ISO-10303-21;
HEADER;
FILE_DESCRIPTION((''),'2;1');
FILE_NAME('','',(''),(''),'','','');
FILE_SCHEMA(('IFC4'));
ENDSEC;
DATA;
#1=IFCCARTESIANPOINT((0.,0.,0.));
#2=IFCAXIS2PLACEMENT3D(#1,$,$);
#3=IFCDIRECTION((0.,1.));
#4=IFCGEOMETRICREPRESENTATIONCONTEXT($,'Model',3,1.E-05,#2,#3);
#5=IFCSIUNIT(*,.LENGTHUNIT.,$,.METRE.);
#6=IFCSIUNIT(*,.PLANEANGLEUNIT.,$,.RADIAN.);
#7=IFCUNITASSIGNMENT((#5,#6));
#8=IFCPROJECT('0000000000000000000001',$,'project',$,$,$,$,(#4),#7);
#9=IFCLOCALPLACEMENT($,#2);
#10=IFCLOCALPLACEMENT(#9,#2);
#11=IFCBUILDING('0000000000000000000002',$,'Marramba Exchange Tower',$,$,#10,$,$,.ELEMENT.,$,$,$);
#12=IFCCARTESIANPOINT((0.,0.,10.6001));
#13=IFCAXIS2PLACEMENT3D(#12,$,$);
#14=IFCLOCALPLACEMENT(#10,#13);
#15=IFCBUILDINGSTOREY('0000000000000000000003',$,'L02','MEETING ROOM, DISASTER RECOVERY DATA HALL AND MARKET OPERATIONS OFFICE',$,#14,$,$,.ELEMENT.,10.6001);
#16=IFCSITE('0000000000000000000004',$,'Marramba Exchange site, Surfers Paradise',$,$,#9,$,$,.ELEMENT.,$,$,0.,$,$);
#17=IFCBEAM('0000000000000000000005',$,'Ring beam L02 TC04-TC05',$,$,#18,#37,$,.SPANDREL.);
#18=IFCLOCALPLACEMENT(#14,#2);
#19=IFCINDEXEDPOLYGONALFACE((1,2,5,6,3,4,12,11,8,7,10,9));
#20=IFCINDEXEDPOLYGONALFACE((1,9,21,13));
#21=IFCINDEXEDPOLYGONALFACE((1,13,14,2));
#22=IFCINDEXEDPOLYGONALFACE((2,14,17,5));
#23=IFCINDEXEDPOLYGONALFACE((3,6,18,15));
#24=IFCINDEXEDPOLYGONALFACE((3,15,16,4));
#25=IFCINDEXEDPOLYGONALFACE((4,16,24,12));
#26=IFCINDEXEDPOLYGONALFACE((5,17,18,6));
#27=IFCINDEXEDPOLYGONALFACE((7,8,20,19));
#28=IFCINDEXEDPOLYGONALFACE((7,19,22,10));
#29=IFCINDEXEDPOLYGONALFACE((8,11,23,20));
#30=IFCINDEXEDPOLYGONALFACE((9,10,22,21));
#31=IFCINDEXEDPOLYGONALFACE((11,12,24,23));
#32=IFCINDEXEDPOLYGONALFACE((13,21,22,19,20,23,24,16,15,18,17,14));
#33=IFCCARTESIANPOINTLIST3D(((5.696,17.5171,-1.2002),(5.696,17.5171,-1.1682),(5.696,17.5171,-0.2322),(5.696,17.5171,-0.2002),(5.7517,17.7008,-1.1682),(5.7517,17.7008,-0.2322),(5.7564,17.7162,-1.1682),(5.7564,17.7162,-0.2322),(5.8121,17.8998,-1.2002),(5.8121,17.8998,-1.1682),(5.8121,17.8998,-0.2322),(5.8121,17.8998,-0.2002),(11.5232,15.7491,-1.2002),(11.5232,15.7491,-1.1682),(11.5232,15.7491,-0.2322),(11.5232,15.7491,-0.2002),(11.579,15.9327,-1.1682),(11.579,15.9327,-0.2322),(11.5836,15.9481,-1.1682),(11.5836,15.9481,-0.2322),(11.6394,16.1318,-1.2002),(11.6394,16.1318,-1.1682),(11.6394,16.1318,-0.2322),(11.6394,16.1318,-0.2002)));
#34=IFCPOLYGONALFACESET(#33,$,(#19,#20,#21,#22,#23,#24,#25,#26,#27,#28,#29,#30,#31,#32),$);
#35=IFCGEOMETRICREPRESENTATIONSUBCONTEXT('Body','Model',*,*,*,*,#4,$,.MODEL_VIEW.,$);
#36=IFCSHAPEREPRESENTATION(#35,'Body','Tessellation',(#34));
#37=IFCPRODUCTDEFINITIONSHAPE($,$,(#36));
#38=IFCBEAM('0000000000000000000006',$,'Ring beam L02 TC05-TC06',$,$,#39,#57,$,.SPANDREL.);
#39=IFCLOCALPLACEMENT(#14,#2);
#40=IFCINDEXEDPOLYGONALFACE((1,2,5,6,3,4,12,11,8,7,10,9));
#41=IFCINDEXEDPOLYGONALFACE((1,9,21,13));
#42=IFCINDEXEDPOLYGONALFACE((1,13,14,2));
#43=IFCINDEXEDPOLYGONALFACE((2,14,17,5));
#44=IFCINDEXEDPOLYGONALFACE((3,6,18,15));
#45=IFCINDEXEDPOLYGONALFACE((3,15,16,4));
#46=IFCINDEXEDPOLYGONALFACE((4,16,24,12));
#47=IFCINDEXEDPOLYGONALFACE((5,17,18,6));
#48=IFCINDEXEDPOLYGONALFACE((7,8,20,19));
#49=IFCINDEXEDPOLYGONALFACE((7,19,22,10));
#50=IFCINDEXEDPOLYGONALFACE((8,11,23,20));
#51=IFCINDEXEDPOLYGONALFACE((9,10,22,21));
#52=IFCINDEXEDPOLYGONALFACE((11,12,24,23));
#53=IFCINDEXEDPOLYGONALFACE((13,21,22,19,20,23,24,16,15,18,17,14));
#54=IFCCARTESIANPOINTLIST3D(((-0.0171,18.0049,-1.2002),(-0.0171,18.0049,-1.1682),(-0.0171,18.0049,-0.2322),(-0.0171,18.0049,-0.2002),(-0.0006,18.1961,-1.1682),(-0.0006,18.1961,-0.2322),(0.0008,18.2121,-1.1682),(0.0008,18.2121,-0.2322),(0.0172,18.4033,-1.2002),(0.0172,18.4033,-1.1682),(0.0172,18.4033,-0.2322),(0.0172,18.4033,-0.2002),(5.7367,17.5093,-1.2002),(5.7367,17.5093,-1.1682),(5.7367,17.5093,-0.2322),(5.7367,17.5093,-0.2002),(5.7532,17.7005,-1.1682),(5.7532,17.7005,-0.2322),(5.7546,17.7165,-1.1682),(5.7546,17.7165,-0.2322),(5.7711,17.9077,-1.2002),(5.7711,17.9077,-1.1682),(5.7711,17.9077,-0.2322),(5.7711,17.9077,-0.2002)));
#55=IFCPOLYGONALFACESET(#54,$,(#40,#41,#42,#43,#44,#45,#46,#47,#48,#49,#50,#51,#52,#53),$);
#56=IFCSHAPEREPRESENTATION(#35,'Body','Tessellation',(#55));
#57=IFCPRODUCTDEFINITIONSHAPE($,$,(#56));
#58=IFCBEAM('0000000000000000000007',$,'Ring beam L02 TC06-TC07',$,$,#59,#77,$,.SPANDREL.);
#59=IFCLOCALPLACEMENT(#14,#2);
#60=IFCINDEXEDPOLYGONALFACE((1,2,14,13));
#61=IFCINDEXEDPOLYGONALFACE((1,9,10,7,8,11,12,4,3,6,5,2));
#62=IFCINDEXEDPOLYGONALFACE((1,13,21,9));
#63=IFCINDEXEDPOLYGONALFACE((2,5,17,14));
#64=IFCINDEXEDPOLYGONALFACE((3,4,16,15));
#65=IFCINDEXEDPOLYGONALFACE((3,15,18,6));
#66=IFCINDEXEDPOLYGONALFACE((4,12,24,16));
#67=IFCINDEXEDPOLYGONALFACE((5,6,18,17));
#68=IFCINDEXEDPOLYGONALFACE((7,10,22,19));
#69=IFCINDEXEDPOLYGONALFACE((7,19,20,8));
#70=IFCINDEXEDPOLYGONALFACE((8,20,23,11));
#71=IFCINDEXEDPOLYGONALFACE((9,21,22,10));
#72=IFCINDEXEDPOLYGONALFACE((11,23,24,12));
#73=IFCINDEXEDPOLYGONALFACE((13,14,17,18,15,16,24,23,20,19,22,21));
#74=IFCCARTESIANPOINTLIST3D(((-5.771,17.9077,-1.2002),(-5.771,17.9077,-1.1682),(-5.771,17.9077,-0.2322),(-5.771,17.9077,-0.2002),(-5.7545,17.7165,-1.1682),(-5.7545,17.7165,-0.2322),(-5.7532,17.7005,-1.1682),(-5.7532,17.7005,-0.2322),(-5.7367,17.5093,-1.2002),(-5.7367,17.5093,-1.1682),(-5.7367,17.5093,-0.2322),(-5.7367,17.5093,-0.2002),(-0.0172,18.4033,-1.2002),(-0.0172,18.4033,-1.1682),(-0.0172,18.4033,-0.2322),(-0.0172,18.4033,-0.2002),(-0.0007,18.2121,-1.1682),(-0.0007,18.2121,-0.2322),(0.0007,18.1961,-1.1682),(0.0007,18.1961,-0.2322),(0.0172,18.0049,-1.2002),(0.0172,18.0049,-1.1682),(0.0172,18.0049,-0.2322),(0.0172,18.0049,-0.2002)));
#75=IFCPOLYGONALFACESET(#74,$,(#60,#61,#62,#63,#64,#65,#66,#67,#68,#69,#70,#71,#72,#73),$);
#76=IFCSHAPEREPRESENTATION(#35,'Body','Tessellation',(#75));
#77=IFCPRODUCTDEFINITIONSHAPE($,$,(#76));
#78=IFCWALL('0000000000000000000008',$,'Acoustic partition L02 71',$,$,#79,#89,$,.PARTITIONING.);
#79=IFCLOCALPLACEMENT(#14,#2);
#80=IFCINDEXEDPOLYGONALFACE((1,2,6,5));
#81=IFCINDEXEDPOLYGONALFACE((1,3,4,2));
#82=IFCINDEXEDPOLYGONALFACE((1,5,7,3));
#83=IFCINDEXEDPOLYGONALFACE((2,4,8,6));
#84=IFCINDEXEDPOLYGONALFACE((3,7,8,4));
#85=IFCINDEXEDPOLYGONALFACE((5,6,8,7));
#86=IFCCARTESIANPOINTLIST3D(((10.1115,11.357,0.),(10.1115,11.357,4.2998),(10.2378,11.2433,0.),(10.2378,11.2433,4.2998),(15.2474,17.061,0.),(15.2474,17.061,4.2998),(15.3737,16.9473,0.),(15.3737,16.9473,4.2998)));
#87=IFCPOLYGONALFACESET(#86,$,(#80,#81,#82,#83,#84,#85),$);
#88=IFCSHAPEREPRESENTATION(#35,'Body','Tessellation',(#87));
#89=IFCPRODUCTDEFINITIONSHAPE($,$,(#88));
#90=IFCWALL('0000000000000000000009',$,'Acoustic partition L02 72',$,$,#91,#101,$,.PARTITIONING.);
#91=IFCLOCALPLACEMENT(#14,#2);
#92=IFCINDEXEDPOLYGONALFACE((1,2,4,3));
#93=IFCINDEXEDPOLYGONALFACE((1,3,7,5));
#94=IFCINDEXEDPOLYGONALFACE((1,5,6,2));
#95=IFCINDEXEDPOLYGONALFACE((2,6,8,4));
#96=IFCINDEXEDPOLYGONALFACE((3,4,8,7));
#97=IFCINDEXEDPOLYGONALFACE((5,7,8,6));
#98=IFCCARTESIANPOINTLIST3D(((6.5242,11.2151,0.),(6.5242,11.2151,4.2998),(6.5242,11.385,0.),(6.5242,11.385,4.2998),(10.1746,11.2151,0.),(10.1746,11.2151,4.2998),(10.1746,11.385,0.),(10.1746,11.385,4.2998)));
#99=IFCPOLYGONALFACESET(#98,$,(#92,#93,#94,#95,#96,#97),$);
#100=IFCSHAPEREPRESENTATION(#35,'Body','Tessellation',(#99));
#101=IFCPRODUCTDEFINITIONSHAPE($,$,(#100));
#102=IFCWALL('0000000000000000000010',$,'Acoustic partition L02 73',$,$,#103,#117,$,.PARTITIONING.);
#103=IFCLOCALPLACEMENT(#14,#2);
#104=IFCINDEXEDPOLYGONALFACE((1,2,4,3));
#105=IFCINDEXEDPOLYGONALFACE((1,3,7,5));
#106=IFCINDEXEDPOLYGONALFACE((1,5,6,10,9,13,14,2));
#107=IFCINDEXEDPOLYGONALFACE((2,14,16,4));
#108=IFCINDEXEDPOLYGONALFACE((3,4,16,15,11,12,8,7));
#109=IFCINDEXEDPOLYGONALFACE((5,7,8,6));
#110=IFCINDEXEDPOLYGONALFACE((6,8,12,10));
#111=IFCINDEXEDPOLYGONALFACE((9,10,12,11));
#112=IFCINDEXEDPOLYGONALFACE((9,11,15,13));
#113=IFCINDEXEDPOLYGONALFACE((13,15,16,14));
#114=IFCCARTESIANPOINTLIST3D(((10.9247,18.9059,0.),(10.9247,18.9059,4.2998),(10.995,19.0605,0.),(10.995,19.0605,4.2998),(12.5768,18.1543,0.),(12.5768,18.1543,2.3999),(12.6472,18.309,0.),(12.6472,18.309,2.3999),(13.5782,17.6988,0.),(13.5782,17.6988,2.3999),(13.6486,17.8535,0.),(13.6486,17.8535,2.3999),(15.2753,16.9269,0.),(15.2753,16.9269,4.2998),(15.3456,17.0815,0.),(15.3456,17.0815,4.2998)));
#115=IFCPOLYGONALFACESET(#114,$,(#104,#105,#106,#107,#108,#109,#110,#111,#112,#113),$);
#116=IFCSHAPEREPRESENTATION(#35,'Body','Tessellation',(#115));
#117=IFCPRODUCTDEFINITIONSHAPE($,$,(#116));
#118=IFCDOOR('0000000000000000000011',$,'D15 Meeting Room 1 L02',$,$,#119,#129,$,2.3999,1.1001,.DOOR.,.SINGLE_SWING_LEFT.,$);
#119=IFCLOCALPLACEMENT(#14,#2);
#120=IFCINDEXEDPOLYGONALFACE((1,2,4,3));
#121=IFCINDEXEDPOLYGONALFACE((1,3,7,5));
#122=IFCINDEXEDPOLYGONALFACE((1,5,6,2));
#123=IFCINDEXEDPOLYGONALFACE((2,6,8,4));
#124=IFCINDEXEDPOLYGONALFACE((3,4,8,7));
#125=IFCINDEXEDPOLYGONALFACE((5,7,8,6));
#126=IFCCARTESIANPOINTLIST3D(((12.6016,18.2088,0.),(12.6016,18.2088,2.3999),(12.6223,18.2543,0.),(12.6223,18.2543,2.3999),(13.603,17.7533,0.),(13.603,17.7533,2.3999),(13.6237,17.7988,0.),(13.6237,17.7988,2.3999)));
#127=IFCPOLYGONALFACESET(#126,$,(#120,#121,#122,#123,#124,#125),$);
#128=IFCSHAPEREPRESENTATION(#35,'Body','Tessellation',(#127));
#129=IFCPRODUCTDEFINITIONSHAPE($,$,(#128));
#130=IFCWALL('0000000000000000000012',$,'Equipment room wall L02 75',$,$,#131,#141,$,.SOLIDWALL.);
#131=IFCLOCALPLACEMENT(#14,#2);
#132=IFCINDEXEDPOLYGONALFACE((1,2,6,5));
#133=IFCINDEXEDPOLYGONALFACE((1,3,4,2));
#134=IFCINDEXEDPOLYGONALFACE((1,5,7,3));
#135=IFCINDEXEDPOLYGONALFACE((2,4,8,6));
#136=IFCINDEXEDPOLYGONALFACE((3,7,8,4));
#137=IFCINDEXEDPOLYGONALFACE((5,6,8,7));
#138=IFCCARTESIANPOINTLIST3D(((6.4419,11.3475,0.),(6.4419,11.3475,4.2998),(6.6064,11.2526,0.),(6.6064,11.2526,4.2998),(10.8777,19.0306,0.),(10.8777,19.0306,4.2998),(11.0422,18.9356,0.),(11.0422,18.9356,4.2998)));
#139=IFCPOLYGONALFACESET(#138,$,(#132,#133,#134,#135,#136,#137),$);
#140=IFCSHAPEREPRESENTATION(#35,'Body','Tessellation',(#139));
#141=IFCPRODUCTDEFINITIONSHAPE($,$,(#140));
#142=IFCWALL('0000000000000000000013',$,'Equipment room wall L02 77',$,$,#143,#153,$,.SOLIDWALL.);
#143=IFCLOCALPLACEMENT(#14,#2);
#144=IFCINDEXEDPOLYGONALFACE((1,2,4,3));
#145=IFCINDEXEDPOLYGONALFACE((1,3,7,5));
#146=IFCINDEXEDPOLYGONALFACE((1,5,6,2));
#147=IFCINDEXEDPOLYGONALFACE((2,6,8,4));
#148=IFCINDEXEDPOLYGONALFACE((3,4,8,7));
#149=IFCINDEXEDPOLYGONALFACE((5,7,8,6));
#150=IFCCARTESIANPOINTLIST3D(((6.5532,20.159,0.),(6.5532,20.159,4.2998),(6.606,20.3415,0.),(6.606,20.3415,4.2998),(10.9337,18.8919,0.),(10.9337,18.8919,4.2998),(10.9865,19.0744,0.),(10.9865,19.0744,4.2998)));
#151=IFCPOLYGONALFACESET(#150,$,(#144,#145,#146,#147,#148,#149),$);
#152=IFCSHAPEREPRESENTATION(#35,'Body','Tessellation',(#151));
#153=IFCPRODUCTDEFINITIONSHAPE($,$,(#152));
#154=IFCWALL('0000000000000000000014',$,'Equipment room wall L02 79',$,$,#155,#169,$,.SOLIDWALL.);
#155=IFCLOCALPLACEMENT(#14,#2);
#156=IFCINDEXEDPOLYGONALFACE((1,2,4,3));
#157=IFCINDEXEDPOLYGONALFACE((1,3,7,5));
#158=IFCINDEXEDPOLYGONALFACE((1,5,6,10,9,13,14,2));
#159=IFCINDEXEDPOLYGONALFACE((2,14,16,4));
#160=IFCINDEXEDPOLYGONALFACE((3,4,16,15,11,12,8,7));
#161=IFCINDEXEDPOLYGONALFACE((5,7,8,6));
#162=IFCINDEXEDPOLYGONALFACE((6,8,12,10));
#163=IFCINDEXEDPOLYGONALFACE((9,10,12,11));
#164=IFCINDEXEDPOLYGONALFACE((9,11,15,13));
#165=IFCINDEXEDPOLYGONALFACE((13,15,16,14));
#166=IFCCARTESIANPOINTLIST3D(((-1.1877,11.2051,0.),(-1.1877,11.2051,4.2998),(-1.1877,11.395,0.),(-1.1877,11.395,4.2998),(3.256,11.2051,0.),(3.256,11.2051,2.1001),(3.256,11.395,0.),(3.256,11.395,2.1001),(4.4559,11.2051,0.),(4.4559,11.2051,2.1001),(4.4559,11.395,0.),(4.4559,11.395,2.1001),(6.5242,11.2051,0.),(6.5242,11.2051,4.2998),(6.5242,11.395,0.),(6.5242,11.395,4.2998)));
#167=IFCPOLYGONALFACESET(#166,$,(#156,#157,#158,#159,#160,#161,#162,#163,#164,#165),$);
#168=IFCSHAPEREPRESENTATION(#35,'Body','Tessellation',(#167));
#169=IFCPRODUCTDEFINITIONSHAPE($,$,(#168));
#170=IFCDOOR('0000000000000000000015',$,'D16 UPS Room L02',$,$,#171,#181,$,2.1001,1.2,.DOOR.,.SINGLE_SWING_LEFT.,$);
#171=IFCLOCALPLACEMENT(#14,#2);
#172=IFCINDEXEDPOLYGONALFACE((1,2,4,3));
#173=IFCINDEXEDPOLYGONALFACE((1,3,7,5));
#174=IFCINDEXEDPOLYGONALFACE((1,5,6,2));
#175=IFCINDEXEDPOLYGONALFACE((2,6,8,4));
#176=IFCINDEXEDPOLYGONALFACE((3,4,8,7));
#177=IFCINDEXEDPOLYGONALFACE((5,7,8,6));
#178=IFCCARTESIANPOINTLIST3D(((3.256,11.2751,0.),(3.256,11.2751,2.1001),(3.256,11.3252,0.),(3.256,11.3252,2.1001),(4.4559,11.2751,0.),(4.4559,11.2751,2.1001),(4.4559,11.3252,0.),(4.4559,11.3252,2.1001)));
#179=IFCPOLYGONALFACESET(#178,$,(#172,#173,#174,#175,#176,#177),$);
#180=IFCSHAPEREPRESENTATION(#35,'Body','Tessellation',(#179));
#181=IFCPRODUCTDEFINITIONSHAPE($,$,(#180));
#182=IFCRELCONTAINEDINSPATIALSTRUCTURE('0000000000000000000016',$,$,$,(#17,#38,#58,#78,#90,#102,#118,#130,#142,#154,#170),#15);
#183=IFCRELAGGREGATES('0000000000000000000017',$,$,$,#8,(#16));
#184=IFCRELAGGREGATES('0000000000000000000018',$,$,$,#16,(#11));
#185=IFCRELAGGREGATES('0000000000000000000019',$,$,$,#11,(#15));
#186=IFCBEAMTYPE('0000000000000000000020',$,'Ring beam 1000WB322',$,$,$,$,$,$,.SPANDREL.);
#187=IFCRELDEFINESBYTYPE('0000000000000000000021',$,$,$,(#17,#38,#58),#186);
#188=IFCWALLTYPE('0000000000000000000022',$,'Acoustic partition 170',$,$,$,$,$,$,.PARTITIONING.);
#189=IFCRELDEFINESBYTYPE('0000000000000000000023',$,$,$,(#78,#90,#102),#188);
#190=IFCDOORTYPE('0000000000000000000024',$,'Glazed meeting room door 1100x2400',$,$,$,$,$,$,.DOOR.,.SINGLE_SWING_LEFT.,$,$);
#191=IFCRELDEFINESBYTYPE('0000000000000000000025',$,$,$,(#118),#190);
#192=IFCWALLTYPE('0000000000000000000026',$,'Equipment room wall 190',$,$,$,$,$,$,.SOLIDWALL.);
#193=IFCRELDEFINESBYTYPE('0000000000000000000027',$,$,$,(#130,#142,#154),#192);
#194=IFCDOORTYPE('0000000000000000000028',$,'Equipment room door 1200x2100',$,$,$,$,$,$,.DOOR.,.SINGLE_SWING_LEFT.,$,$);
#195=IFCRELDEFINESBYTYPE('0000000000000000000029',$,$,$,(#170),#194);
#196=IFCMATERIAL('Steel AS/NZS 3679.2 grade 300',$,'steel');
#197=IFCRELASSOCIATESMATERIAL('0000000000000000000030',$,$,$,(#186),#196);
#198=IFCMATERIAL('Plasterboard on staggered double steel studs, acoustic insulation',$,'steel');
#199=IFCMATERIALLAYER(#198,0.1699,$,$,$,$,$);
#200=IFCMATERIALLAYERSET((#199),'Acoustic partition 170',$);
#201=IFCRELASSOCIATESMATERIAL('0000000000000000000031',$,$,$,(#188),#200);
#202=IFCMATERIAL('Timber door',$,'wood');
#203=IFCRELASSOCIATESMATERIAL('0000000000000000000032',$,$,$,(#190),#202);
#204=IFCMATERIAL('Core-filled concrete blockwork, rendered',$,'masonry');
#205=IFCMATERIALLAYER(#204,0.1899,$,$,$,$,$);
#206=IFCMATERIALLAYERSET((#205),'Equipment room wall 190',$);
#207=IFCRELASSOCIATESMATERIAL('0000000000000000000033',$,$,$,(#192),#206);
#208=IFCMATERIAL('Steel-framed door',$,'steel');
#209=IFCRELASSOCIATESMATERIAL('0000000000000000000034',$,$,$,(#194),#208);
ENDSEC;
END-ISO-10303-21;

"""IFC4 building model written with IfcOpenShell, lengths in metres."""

from ifc_helpers import new_model, si_unit, direction, frame, frame_2d, origin, origin_2d, place, context, subcontext, project, spatial, rectangle, i_section, extrude, material, layer, layer_set, material_profile, profile_set, type_object, element, fill, save


model = new_model("IFC4")

# Units and contexts
model_context = context("Model", 3, precision=1e-05, world=origin(), true_north=direction((0.0, 1.0)))
body_context = subcontext(model_context, "Body", "Model", "MODEL_VIEW")
ifc_project = project(units=[si_unit("LENGTHUNIT", "METRE"), si_unit("PLANEANGLEUNIT", "RADIAN")], contexts=[model_context])

# Site, building, storey
site_placement = place(None, origin())
site = spatial("IfcSite", under=ifc_project, at=site_placement, Name="Marramba Exchange site, Surfers Paradise", CompositionType="ELEMENT", RefElevation=0.0)
building_placement = place(site_placement, origin())
building = spatial("IfcBuilding", under=site, at=building_placement, Name="Marramba Exchange Tower", CompositionType="ELEMENT")
storey_placement = place(building_placement, frame((0.0, 0.0, 10.6001)))
storey = spatial("IfcBuildingStorey", under=building, at=storey_placement, Name="L02", Description="MEETING ROOM, DISASTER RECOVERY DATA HALL AND MARKET OPERATIONS OFFICE", CompositionType="ELEMENT", Elevation=10.6001)

# Beams
ifc_material_1 = material(Name="Steel AS/NZS 3679.2 grade 300", Category="steel")
ifc_material_profile_1 = material_profile(ifc_material_1, i_section(OverallWidth=0.3999, OverallDepth=1.0, WebThickness=0.0161, FlangeThickness=0.032, at=origin_2d()), Name="1000WB322")
ifc_profile_set_1 = profile_set([ifc_material_profile_1], Name="Steel AS/NZS 3679.2 grade 300")
beam_type_1 = type_object("IfcBeamType", Name="Ring beam 1000WB322", PredefinedType="SPANDREL", material=ifc_profile_set_1)
beam_1_placement = place(storey_placement, frame((11.5813, 15.9404, -0.7002), z_axis=(-0.956925, 0.290337, 0.0), x_axis=(-0.290337, -0.956925, 0.0)))
element("IfcBeam", 1, at=beam_1_placement, inside=storey, type_object=beam_type_1, Name="Ring beam L02 TC04-TC05", PredefinedType="SPANDREL", context=body_context, shape_type="SweptSolid", body=[
    extrude(i_section(OverallWidth=0.3999, OverallDepth=1.0, WebThickness=0.0161, FlangeThickness=0.032, at=origin_2d()), origin(), (0.0, 0.0, 1.0), 6.0896),
])
for number, where, z_axis, x_axis, name in (
    (2, (5.7539, 17.7085, -0.7002), (-0.996311, 0.085816, 0.0), (-0.085816, -0.996311, 0.0), "Ring beam L02 TC05-TC06"),
    (3, (0.0, 18.2041, -0.7002), (-0.996311, -0.085816, 0.0), (0.085816, -0.996311, 0.0), "Ring beam L02 TC06-TC07"),
):
    element("IfcBeam", number, at=place(storey_placement, frame(where, z_axis=z_axis, x_axis=x_axis)), inside=storey, type_object=beam_type_1, Name=name, PredefinedType="SPANDREL", context=body_context, shape_type="SweptSolid", body=[
        extrude(i_section(OverallWidth=0.3999, OverallDepth=1.0, WebThickness=0.0161, FlangeThickness=0.032, at=origin_2d()), origin(), (0.0, 0.0, 1.0), 5.7751),
    ])

# Walls
ifc_material_2 = material(Name="Plasterboard on staggered double steel studs, acoustic insulation", Category="steel")
ifc_layer_1 = layer(ifc_material_2, 0.1699)
ifc_layer_set_1 = layer_set([ifc_layer_1], Name="Acoustic partition 170")
wall_type_1 = type_object("IfcWallType", Name="Acoustic partition 170", PredefinedType="PARTITIONING", material=ifc_layer_set_1)
wall_1_placement = place(storey_placement, frame((10.1746, 11.3, 0.0), z_axis=(0.0, 0.0, 1.0), x_axis=(0.66913, 0.743145, 0.0)))
element("IfcWall", 4, at=wall_1_placement, inside=storey, type_object=wall_type_1, Name="Acoustic partition L02 71", PredefinedType="PARTITIONING", context=body_context, shape_type="SweptSolid", body=[
    extrude(rectangle(XDim=7.6755, YDim=0.1699, at=frame_2d((3.8379, 0.0))), origin(), (0.0, 0.0, 1.0), 4.2998),
])
wall_2_placement = place(storey_placement, frame((10.1746, 11.3, 0.0), z_axis=(0.0, 0.0, 1.0), x_axis=(-1.0, 0.0, 0.0)))
element("IfcWall", 5, at=wall_2_placement, inside=storey, type_object=wall_type_1, Name="Acoustic partition L02 72", PredefinedType="PARTITIONING", context=body_context, shape_type="SweptSolid", body=[
    extrude(rectangle(XDim=3.6504, YDim=0.1699, at=frame_2d((1.8252, 0.0))), origin(), (0.0, 0.0, 1.0), 4.2998),
])

# Wall, opening, door
wall_3_placement = place(storey_placement, frame((10.96, 18.9832, 0.0), z_axis=(0.0, 0.0, 1.0), x_axis=(0.910251, -0.414057, 0.0)))
wall_3 = element("IfcWall", 6, at=wall_3_placement, inside=storey, type_object=wall_type_1, Name="Acoustic partition L02 73", PredefinedType="PARTITIONING", context=body_context, shape_type="SweptSolid", body=[
    extrude(rectangle(XDim=4.7795, YDim=0.1699, at=frame_2d((2.3896, 0.0))), origin(), (0.0, 0.0, 1.0), 4.2998),
])
opening_1_placement = place(wall_3_placement, frame((1.8149, 0.0, 0.0)))
opening_1 = element("IfcOpeningElement", 7, at=opening_1_placement, cuts=wall_3, PredefinedType="OPENING", context=body_context, shape_type="SweptSolid", body=[
    extrude(rectangle(XDim=1.1001, YDim=2.3999, at=frame_2d((0.55, 1.2))), frame((0.0, 0.095, 0.0), z_axis=(0.0, -1.0, 0.0), x_axis=(1.0, 0.0, 0.0)), (0.0, 0.0, 1.0), 0.1899),
])
ifc_material_3 = material(Name="Timber door", Category="wood")
door_type_1 = type_object("IfcDoorType", Name="Glazed meeting room door 1100x2400", OperationType="SINGLE_SWING_LEFT", PredefinedType="DOOR", material=ifc_material_3)
door_1_placement = place(opening_1_placement, frame((1.1001, 0.0, 0.0), z_axis=(0.0, 0.0, 1.0), x_axis=(-1.0, 0.0, 0.0)))
door_1 = element("IfcDoor", 8, at=door_1_placement, inside=storey, type_object=door_type_1, Name="D15 Meeting Room 1 L02", OperationType="SINGLE_SWING_LEFT", OverallHeight=2.3999, OverallWidth=1.1001, PredefinedType="DOOR", context=body_context, shape_type="SweptSolid", body=[
    extrude(rectangle(XDim=1.1001, YDim=2.3999, at=frame_2d((0.55, 1.2))), frame((0.0, 0.0251, 0.0), z_axis=(0.0, -1.0, 0.0), x_axis=(1.0, 0.0, 0.0)), (0.0, 0.0, 1.0), 0.05),
])
fill(opening_1, door_1)

# Shared definitions
ifc_material_4 = material(Name="Steel-framed door", Category="steel")

# Walls
ifc_material_5 = material(Name="Core-filled concrete blockwork, rendered", Category="masonry")
ifc_layer_2 = layer(ifc_material_5, 0.1899)
ifc_layer_set_2 = layer_set([ifc_layer_2], Name="Equipment room wall 190")
wall_type_2 = type_object("IfcWallType", Name="Equipment room wall 190", PredefinedType="SOLIDWALL", material=ifc_layer_set_2)
wall_4_placement = place(storey_placement, frame((6.5242, 11.3, 0.0), z_axis=(0.0, 0.0, 1.0), x_axis=(0.499996, 0.866028, 0.0)))
element("IfcWall", 9, at=wall_4_placement, inside=storey, type_object=wall_type_2, Name="Equipment room wall L02 75", PredefinedType="SOLIDWALL", context=body_context, shape_type="SweptSolid", body=[
    extrude(rectangle(XDim=8.8716, YDim=0.1899, at=frame_2d((4.4358, 0.0))), origin(), (0.0, 0.0, 1.0), 4.2998),
])
wall_5_placement = place(storey_placement, frame((6.5796, 20.2502, 0.0), z_axis=(0.0, 0.0, 1.0), x_axis=(0.960618, -0.277873, 0.0)))
element("IfcWall", 10, at=wall_5_placement, inside=storey, type_object=wall_type_2, Name="Equipment room wall L02 77", PredefinedType="SOLIDWALL", context=body_context, shape_type="SweptSolid", body=[
    extrude(rectangle(XDim=4.5601, YDim=0.1899, at=frame_2d((2.28, 0.0))), origin(), (0.0, 0.0, 1.0), 4.2998),
])

# Wall, opening, door
wall_6_placement = place(storey_placement, frame((6.5242, 11.3, 0.0), z_axis=(0.0, 0.0, 1.0), x_axis=(-1.0, 0.0, 0.0)))
wall_6 = element("IfcWall", 11, at=wall_6_placement, inside=storey, type_object=wall_type_2, Name="Equipment room wall L02 79", PredefinedType="SOLIDWALL", context=body_context, shape_type="SweptSolid", body=[
    extrude(rectangle(XDim=7.7119, YDim=0.1899, at=frame_2d((3.856, 0.0))), origin(), (0.0, 0.0, 1.0), 4.2998),
])
opening_2_placement = place(wall_6_placement, frame((2.0681, 0.0, 0.0)))
opening_2 = element("IfcOpeningElement", 12, at=opening_2_placement, cuts=wall_6, PredefinedType="OPENING", context=body_context, shape_type="SweptSolid", body=[
    extrude(rectangle(XDim=1.2, YDim=2.1001, at=frame_2d((0.6001, 1.05))), frame((0.0, 0.105, 0.0), z_axis=(0.0, -1.0, 0.0), x_axis=(1.0, 0.0, 0.0)), (0.0, 0.0, 1.0), 0.21),
])
door_type_2 = type_object("IfcDoorType", Name="Equipment room door 1200x2100", OperationType="SINGLE_SWING_LEFT", PredefinedType="DOOR", material=ifc_material_4)
door_2_placement = place(opening_2_placement, origin())
door_2 = element("IfcDoor", 13, at=door_2_placement, inside=storey, type_object=door_type_2, Name="D16 UPS Room L02", OperationType="SINGLE_SWING_LEFT", OverallHeight=2.1001, OverallWidth=1.2, PredefinedType="DOOR", context=body_context, shape_type="SweptSolid", body=[
    extrude(rectangle(XDim=1.2, YDim=2.1001, at=frame_2d((0.6001, 1.05))), frame((0.0, 0.0249, 0.0), z_axis=(0.0, -1.0, 0.0), x_axis=(1.0, 0.0, 0.0)), (0.0, 0.0, 1.0), 0.05),
])
fill(opening_2, door_2)

save(model, "model.ifc")
